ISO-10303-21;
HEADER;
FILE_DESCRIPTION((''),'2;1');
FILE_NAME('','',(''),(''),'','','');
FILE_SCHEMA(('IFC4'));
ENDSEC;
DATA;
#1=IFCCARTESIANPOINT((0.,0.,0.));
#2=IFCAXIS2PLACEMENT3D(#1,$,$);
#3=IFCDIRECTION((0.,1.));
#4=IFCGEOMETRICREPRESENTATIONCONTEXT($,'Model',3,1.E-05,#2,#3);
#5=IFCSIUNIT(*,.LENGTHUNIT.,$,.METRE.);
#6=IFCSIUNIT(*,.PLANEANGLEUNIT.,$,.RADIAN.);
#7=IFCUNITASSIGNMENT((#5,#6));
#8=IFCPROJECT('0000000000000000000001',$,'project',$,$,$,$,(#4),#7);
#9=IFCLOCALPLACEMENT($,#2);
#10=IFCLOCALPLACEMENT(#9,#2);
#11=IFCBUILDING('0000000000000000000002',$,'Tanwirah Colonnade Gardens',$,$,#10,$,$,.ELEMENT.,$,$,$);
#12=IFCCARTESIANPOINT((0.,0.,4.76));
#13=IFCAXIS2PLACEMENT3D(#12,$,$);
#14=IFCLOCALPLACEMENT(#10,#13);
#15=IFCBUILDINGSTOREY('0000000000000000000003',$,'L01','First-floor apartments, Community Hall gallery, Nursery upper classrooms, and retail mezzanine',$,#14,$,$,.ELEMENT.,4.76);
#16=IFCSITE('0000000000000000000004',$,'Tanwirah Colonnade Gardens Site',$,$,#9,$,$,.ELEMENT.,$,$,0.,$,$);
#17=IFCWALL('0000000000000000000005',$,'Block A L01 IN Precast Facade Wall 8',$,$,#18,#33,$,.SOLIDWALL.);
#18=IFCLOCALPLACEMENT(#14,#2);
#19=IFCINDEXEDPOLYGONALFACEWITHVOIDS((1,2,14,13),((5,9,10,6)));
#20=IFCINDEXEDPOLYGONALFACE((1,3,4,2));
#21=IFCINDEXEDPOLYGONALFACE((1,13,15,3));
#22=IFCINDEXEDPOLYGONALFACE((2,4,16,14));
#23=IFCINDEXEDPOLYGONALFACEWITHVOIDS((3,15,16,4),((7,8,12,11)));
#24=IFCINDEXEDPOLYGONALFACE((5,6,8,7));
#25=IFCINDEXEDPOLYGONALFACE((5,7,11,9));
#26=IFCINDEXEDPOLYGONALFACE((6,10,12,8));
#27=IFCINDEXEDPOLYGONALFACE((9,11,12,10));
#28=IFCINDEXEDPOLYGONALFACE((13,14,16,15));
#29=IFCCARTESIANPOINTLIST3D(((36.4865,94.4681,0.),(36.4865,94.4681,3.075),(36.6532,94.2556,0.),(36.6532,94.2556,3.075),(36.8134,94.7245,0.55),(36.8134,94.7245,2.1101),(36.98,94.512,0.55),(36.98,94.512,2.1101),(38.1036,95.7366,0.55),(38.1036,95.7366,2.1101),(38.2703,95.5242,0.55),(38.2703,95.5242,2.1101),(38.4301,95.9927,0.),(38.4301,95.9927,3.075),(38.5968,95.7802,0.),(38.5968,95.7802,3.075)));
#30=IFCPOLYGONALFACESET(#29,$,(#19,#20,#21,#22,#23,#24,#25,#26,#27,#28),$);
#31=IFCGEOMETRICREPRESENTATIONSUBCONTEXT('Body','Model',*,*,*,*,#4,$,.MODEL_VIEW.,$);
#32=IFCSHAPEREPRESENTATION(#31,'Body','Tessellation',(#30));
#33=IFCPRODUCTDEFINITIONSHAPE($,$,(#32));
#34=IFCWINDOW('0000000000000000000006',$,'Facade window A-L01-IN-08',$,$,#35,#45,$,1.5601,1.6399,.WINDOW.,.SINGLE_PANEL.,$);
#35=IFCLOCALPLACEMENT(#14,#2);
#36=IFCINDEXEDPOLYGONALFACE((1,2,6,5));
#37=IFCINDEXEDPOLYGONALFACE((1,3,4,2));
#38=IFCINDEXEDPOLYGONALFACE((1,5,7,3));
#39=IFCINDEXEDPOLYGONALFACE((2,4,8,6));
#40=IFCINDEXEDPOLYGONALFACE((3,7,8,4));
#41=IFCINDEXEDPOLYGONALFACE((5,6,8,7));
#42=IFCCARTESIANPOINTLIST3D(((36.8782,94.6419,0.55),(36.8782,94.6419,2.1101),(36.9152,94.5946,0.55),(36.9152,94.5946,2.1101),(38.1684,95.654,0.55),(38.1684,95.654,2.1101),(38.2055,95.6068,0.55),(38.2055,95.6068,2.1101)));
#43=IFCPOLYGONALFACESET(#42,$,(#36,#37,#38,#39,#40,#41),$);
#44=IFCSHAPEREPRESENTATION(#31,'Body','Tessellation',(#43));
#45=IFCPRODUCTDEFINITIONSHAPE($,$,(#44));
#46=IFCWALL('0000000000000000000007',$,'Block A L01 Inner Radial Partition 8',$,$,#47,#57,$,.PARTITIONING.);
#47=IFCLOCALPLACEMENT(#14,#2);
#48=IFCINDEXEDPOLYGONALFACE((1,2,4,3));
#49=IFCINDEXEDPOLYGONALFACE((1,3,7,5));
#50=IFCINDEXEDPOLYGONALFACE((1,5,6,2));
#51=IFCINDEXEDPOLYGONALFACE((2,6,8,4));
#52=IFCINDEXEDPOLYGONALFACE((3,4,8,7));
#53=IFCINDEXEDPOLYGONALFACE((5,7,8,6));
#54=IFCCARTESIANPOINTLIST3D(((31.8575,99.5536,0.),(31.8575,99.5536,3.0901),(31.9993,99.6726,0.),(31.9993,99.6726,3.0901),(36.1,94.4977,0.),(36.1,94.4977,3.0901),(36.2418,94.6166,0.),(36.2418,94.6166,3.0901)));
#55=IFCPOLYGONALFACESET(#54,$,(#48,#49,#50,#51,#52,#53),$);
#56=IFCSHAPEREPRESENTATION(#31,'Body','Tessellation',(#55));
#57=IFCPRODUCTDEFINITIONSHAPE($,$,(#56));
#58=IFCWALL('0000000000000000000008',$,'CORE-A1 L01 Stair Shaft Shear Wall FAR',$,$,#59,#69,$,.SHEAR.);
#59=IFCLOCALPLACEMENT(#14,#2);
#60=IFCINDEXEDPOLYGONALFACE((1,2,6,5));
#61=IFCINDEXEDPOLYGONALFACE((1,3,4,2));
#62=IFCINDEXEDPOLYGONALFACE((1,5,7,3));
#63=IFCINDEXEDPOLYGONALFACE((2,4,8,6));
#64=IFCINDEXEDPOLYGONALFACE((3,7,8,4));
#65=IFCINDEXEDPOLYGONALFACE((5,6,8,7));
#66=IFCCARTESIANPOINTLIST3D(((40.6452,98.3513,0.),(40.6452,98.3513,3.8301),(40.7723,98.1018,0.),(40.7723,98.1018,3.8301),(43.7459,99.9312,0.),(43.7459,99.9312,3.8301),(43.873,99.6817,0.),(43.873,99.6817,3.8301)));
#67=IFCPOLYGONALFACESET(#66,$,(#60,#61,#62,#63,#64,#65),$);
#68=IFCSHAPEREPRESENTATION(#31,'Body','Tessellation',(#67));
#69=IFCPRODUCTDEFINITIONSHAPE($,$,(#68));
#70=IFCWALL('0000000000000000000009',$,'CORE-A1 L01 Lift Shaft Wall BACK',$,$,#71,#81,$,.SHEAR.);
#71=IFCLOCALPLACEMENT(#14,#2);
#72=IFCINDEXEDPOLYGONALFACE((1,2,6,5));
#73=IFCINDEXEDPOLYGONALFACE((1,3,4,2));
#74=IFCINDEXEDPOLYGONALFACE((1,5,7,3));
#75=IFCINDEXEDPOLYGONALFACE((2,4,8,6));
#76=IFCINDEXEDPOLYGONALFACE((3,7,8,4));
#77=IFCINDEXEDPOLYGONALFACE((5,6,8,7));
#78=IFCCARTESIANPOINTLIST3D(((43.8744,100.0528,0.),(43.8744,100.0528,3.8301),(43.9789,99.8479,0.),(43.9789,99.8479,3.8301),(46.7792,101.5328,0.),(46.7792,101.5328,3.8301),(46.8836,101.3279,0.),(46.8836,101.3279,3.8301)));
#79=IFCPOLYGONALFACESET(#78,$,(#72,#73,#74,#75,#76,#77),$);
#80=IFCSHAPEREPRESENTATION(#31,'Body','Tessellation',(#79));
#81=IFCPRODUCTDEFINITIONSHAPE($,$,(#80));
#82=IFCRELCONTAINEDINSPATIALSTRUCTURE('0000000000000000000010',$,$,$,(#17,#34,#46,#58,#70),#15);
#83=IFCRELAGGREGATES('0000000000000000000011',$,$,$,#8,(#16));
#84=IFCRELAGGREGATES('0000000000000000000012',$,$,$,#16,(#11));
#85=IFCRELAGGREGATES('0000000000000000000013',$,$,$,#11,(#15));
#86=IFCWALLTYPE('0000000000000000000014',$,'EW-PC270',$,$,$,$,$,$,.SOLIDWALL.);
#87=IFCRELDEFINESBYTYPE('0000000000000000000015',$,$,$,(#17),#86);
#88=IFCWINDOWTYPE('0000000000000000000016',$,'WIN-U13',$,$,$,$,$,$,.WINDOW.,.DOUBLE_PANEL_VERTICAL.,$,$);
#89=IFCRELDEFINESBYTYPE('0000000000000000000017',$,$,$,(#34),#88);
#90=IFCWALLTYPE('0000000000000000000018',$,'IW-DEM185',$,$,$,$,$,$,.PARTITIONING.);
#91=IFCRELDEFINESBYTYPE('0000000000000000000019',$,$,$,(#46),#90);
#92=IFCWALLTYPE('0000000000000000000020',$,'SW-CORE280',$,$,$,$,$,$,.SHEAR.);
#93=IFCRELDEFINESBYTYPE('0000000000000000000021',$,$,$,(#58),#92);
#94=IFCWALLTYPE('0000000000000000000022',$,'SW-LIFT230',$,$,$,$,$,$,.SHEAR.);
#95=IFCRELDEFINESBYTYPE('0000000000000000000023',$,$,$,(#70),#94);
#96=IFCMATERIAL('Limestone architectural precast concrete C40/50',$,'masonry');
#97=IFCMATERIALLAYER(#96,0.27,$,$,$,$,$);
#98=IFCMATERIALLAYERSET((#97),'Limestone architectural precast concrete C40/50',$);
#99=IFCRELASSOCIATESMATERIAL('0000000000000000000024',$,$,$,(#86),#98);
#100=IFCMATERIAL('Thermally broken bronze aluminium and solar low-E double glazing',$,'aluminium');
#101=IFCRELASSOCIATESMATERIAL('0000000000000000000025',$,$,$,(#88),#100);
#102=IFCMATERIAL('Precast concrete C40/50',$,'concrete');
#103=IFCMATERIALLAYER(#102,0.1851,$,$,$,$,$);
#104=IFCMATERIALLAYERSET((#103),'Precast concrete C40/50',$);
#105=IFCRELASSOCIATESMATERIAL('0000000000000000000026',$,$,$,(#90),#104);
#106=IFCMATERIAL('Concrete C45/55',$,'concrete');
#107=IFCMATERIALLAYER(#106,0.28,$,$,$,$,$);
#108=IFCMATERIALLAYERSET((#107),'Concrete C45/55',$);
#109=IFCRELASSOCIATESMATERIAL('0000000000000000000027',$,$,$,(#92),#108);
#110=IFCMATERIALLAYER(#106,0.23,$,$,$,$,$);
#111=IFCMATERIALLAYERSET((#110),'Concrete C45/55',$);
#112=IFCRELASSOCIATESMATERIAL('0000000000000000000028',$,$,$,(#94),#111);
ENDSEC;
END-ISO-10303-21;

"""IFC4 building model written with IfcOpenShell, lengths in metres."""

from ifc_helpers import new_model, si_unit, direction, frame, frame_2d, origin, place, context, subcontext, project, spatial, rectangle, extrude, material, layer, layer_set, type_object, element, fill, save


model = new_model("IFC4")

# Units and contexts
model_context = context("Model", 3, precision=1e-05, world=origin(), true_north=direction((0.0, 1.0)))
body_context = subcontext(model_context, "Body", "Model", "MODEL_VIEW")
ifc_project = project(units=[si_unit("LENGTHUNIT", "METRE"), si_unit("PLANEANGLEUNIT", "RADIAN")], contexts=[model_context])

# Site, building, storey
site_placement = place(None, origin())
site = spatial("IfcSite", under=ifc_project, at=site_placement, Name="Tanwirah Colonnade Gardens Site", CompositionType="ELEMENT", RefElevation=0.0)
building_placement = place(site_placement, origin())
building = spatial("IfcBuilding", under=site, at=building_placement, Name="Tanwirah Colonnade Gardens", CompositionType="ELEMENT")
storey_placement = place(building_placement, frame((0.0, 0.0, 4.76)))
storey = spatial("IfcBuildingStorey", under=building, at=storey_placement, Name="L01", Description="First-floor apartments, Community Hall gallery, Nursery upper classrooms, and retail mezzanine", CompositionType="ELEMENT", Elevation=4.76)

# Shared definitions
ifc_material_1 = material(Name="Precast concrete C40/50", Category="concrete")

# Wall, opening, window
ifc_material_2 = material(Name="Limestone architectural precast concrete C40/50", Category="masonry")
ifc_layer_1 = layer(ifc_material_2, 0.27)
ifc_layer_set_1 = layer_set([ifc_layer_1], Name="Limestone architectural precast concrete C40/50")
wall_type_1 = type_object("IfcWallType", Name="EW-PC270", PredefinedType="SOLIDWALL", material=ifc_layer_set_1)
wall_1_placement = place(storey_placement, frame((38.5134, 95.8865, 0.0), z_axis=(0.0, 0.0, 1.0), x_axis=(-0.786802, -0.617206, 0.0)))
wall_1 = element("IfcWall", 1, at=wall_1_placement, inside=storey, type_object=wall_type_1, Name="Block A L01 IN Precast Facade Wall 8", PredefinedType="SOLIDWALL", context=body_context, shape_type="SweptSolid", body=[
    extrude(rectangle(XDim=2.4702, YDim=0.27, at=frame_2d((1.2351, 0.0))), origin(), (0.0, 0.0, 1.0), 3.075),
])
opening_placement = place(wall_1_placement, frame((0.415, 0.0, 0.55)))
opening = element("IfcOpeningElement", 2, at=opening_placement, cuts=wall_1, PredefinedType="OPENING", context=body_context, shape_type="SweptSolid", body=[
    extrude(rectangle(XDim=1.6399, YDim=1.5601, at=frame_2d((0.8198, 0.78))), frame((0.0, 0.145, 0.0), z_axis=(0.0, -1.0, 0.0), x_axis=(1.0, 0.0, 0.0)), (0.0, 0.0, 1.0), 0.29),
])
ifc_material_3 = material(Name="Thermally broken bronze aluminium and solar low-E double glazing", Category="aluminium")
window_type = type_object("IfcWindowType", Name="WIN-U13", PartitioningType="DOUBLE_PANEL_VERTICAL", PredefinedType="WINDOW", material=ifc_material_3)
window_placement = place(opening_placement, origin())
window = element("IfcWindow", 3, at=window_placement, inside=storey, type_object=window_type, Name="Facade window A-L01-IN-08", OverallHeight=1.5601, OverallWidth=1.6399, PartitioningType="SINGLE_PANEL", PredefinedType="WINDOW", context=body_context, shape_type="SweptSolid", body=[
    extrude(rectangle(XDim=1.6399, YDim=1.5601, at=frame_2d((0.8198, 0.78))), frame((0.0, 0.03, 0.0), z_axis=(0.0, -1.0, 0.0), x_axis=(1.0, 0.0, 0.0)), (0.0, 0.0, 1.0), 0.0601),
])
fill(opening, window)

# Walls
ifc_layer_2 = layer(ifc_material_1, 0.1851)
ifc_layer_set_2 = layer_set([ifc_layer_2], Name="Precast concrete C40/50")
wall_type_2 = type_object("IfcWallType", Name="IW-DEM185", PredefinedType="PARTITIONING", material=ifc_layer_set_2)
wall_2_placement = place(storey_placement, frame((36.1709, 94.5571, 0.0), z_axis=(0.0, 0.0, 1.0), x_axis=(-0.642789, 0.766043, 0.0)))
element("IfcWall", 4, at=wall_2_placement, inside=storey, type_object=wall_type_2, Name="Block A L01 Inner Radial Partition 8", PredefinedType="PARTITIONING", context=body_context, shape_type="SweptSolid", body=[
    extrude(rectangle(XDim=6.6001, YDim=0.1851, at=frame_2d((3.3, 0.0))), origin(), (0.0, 0.0, 1.0), 3.0901),
])
ifc_material_4 = material(Name="Concrete C45/55", Category="concrete")
ifc_layer_3 = layer(ifc_material_4, 0.28)
ifc_layer_set_3 = layer_set([ifc_layer_3], Name="Concrete C45/55")
wall_type_3 = type_object("IfcWallType", Name="SW-CORE280", PredefinedType="SHEAR", material=ifc_layer_set_3)
wall_3_placement = place(storey_placement, frame((40.7087, 98.2266, 0.0), z_axis=(0.0, 0.0, 1.0), x_axis=(0.891006, 0.453992, 0.0)))
element("IfcWall", 5, at=wall_3_placement, inside=storey, type_object=wall_type_3, Name="CORE-A1 L01 Stair Shaft Shear Wall FAR", PredefinedType="SHEAR", context=body_context, shape_type="SweptSolid", body=[
    extrude(rectangle(XDim=3.48, YDim=0.28, at=frame_2d((1.74, 0.0))), origin(), (0.0, 0.0, 1.0), 3.8301),
])
ifc_layer_4 = layer(ifc_material_4, 0.23)
ifc_layer_set_4 = layer_set([ifc_layer_4], Name="Concrete C45/55")
wall_type_4 = type_object("IfcWallType", Name="SW-LIFT230", PredefinedType="SHEAR", material=ifc_layer_set_4)
wall_4_placement = place(storey_placement, frame((43.9268, 99.9504, 0.0), z_axis=(0.0, 0.0, 1.0), x_axis=(0.891017, 0.453971, 0.0)))
element("IfcWall", 6, at=wall_4_placement, inside=storey, type_object=wall_type_4, Name="CORE-A1 L01 Lift Shaft Wall BACK", PredefinedType="SHEAR", context=body_context, shape_type="SweptSolid", body=[
    extrude(rectangle(XDim=3.26, YDim=0.23, at=frame_2d((1.6299, 0.0))), origin(), (0.0, 0.0, 1.0), 3.8301),
])

save(model, "model.ifc")
